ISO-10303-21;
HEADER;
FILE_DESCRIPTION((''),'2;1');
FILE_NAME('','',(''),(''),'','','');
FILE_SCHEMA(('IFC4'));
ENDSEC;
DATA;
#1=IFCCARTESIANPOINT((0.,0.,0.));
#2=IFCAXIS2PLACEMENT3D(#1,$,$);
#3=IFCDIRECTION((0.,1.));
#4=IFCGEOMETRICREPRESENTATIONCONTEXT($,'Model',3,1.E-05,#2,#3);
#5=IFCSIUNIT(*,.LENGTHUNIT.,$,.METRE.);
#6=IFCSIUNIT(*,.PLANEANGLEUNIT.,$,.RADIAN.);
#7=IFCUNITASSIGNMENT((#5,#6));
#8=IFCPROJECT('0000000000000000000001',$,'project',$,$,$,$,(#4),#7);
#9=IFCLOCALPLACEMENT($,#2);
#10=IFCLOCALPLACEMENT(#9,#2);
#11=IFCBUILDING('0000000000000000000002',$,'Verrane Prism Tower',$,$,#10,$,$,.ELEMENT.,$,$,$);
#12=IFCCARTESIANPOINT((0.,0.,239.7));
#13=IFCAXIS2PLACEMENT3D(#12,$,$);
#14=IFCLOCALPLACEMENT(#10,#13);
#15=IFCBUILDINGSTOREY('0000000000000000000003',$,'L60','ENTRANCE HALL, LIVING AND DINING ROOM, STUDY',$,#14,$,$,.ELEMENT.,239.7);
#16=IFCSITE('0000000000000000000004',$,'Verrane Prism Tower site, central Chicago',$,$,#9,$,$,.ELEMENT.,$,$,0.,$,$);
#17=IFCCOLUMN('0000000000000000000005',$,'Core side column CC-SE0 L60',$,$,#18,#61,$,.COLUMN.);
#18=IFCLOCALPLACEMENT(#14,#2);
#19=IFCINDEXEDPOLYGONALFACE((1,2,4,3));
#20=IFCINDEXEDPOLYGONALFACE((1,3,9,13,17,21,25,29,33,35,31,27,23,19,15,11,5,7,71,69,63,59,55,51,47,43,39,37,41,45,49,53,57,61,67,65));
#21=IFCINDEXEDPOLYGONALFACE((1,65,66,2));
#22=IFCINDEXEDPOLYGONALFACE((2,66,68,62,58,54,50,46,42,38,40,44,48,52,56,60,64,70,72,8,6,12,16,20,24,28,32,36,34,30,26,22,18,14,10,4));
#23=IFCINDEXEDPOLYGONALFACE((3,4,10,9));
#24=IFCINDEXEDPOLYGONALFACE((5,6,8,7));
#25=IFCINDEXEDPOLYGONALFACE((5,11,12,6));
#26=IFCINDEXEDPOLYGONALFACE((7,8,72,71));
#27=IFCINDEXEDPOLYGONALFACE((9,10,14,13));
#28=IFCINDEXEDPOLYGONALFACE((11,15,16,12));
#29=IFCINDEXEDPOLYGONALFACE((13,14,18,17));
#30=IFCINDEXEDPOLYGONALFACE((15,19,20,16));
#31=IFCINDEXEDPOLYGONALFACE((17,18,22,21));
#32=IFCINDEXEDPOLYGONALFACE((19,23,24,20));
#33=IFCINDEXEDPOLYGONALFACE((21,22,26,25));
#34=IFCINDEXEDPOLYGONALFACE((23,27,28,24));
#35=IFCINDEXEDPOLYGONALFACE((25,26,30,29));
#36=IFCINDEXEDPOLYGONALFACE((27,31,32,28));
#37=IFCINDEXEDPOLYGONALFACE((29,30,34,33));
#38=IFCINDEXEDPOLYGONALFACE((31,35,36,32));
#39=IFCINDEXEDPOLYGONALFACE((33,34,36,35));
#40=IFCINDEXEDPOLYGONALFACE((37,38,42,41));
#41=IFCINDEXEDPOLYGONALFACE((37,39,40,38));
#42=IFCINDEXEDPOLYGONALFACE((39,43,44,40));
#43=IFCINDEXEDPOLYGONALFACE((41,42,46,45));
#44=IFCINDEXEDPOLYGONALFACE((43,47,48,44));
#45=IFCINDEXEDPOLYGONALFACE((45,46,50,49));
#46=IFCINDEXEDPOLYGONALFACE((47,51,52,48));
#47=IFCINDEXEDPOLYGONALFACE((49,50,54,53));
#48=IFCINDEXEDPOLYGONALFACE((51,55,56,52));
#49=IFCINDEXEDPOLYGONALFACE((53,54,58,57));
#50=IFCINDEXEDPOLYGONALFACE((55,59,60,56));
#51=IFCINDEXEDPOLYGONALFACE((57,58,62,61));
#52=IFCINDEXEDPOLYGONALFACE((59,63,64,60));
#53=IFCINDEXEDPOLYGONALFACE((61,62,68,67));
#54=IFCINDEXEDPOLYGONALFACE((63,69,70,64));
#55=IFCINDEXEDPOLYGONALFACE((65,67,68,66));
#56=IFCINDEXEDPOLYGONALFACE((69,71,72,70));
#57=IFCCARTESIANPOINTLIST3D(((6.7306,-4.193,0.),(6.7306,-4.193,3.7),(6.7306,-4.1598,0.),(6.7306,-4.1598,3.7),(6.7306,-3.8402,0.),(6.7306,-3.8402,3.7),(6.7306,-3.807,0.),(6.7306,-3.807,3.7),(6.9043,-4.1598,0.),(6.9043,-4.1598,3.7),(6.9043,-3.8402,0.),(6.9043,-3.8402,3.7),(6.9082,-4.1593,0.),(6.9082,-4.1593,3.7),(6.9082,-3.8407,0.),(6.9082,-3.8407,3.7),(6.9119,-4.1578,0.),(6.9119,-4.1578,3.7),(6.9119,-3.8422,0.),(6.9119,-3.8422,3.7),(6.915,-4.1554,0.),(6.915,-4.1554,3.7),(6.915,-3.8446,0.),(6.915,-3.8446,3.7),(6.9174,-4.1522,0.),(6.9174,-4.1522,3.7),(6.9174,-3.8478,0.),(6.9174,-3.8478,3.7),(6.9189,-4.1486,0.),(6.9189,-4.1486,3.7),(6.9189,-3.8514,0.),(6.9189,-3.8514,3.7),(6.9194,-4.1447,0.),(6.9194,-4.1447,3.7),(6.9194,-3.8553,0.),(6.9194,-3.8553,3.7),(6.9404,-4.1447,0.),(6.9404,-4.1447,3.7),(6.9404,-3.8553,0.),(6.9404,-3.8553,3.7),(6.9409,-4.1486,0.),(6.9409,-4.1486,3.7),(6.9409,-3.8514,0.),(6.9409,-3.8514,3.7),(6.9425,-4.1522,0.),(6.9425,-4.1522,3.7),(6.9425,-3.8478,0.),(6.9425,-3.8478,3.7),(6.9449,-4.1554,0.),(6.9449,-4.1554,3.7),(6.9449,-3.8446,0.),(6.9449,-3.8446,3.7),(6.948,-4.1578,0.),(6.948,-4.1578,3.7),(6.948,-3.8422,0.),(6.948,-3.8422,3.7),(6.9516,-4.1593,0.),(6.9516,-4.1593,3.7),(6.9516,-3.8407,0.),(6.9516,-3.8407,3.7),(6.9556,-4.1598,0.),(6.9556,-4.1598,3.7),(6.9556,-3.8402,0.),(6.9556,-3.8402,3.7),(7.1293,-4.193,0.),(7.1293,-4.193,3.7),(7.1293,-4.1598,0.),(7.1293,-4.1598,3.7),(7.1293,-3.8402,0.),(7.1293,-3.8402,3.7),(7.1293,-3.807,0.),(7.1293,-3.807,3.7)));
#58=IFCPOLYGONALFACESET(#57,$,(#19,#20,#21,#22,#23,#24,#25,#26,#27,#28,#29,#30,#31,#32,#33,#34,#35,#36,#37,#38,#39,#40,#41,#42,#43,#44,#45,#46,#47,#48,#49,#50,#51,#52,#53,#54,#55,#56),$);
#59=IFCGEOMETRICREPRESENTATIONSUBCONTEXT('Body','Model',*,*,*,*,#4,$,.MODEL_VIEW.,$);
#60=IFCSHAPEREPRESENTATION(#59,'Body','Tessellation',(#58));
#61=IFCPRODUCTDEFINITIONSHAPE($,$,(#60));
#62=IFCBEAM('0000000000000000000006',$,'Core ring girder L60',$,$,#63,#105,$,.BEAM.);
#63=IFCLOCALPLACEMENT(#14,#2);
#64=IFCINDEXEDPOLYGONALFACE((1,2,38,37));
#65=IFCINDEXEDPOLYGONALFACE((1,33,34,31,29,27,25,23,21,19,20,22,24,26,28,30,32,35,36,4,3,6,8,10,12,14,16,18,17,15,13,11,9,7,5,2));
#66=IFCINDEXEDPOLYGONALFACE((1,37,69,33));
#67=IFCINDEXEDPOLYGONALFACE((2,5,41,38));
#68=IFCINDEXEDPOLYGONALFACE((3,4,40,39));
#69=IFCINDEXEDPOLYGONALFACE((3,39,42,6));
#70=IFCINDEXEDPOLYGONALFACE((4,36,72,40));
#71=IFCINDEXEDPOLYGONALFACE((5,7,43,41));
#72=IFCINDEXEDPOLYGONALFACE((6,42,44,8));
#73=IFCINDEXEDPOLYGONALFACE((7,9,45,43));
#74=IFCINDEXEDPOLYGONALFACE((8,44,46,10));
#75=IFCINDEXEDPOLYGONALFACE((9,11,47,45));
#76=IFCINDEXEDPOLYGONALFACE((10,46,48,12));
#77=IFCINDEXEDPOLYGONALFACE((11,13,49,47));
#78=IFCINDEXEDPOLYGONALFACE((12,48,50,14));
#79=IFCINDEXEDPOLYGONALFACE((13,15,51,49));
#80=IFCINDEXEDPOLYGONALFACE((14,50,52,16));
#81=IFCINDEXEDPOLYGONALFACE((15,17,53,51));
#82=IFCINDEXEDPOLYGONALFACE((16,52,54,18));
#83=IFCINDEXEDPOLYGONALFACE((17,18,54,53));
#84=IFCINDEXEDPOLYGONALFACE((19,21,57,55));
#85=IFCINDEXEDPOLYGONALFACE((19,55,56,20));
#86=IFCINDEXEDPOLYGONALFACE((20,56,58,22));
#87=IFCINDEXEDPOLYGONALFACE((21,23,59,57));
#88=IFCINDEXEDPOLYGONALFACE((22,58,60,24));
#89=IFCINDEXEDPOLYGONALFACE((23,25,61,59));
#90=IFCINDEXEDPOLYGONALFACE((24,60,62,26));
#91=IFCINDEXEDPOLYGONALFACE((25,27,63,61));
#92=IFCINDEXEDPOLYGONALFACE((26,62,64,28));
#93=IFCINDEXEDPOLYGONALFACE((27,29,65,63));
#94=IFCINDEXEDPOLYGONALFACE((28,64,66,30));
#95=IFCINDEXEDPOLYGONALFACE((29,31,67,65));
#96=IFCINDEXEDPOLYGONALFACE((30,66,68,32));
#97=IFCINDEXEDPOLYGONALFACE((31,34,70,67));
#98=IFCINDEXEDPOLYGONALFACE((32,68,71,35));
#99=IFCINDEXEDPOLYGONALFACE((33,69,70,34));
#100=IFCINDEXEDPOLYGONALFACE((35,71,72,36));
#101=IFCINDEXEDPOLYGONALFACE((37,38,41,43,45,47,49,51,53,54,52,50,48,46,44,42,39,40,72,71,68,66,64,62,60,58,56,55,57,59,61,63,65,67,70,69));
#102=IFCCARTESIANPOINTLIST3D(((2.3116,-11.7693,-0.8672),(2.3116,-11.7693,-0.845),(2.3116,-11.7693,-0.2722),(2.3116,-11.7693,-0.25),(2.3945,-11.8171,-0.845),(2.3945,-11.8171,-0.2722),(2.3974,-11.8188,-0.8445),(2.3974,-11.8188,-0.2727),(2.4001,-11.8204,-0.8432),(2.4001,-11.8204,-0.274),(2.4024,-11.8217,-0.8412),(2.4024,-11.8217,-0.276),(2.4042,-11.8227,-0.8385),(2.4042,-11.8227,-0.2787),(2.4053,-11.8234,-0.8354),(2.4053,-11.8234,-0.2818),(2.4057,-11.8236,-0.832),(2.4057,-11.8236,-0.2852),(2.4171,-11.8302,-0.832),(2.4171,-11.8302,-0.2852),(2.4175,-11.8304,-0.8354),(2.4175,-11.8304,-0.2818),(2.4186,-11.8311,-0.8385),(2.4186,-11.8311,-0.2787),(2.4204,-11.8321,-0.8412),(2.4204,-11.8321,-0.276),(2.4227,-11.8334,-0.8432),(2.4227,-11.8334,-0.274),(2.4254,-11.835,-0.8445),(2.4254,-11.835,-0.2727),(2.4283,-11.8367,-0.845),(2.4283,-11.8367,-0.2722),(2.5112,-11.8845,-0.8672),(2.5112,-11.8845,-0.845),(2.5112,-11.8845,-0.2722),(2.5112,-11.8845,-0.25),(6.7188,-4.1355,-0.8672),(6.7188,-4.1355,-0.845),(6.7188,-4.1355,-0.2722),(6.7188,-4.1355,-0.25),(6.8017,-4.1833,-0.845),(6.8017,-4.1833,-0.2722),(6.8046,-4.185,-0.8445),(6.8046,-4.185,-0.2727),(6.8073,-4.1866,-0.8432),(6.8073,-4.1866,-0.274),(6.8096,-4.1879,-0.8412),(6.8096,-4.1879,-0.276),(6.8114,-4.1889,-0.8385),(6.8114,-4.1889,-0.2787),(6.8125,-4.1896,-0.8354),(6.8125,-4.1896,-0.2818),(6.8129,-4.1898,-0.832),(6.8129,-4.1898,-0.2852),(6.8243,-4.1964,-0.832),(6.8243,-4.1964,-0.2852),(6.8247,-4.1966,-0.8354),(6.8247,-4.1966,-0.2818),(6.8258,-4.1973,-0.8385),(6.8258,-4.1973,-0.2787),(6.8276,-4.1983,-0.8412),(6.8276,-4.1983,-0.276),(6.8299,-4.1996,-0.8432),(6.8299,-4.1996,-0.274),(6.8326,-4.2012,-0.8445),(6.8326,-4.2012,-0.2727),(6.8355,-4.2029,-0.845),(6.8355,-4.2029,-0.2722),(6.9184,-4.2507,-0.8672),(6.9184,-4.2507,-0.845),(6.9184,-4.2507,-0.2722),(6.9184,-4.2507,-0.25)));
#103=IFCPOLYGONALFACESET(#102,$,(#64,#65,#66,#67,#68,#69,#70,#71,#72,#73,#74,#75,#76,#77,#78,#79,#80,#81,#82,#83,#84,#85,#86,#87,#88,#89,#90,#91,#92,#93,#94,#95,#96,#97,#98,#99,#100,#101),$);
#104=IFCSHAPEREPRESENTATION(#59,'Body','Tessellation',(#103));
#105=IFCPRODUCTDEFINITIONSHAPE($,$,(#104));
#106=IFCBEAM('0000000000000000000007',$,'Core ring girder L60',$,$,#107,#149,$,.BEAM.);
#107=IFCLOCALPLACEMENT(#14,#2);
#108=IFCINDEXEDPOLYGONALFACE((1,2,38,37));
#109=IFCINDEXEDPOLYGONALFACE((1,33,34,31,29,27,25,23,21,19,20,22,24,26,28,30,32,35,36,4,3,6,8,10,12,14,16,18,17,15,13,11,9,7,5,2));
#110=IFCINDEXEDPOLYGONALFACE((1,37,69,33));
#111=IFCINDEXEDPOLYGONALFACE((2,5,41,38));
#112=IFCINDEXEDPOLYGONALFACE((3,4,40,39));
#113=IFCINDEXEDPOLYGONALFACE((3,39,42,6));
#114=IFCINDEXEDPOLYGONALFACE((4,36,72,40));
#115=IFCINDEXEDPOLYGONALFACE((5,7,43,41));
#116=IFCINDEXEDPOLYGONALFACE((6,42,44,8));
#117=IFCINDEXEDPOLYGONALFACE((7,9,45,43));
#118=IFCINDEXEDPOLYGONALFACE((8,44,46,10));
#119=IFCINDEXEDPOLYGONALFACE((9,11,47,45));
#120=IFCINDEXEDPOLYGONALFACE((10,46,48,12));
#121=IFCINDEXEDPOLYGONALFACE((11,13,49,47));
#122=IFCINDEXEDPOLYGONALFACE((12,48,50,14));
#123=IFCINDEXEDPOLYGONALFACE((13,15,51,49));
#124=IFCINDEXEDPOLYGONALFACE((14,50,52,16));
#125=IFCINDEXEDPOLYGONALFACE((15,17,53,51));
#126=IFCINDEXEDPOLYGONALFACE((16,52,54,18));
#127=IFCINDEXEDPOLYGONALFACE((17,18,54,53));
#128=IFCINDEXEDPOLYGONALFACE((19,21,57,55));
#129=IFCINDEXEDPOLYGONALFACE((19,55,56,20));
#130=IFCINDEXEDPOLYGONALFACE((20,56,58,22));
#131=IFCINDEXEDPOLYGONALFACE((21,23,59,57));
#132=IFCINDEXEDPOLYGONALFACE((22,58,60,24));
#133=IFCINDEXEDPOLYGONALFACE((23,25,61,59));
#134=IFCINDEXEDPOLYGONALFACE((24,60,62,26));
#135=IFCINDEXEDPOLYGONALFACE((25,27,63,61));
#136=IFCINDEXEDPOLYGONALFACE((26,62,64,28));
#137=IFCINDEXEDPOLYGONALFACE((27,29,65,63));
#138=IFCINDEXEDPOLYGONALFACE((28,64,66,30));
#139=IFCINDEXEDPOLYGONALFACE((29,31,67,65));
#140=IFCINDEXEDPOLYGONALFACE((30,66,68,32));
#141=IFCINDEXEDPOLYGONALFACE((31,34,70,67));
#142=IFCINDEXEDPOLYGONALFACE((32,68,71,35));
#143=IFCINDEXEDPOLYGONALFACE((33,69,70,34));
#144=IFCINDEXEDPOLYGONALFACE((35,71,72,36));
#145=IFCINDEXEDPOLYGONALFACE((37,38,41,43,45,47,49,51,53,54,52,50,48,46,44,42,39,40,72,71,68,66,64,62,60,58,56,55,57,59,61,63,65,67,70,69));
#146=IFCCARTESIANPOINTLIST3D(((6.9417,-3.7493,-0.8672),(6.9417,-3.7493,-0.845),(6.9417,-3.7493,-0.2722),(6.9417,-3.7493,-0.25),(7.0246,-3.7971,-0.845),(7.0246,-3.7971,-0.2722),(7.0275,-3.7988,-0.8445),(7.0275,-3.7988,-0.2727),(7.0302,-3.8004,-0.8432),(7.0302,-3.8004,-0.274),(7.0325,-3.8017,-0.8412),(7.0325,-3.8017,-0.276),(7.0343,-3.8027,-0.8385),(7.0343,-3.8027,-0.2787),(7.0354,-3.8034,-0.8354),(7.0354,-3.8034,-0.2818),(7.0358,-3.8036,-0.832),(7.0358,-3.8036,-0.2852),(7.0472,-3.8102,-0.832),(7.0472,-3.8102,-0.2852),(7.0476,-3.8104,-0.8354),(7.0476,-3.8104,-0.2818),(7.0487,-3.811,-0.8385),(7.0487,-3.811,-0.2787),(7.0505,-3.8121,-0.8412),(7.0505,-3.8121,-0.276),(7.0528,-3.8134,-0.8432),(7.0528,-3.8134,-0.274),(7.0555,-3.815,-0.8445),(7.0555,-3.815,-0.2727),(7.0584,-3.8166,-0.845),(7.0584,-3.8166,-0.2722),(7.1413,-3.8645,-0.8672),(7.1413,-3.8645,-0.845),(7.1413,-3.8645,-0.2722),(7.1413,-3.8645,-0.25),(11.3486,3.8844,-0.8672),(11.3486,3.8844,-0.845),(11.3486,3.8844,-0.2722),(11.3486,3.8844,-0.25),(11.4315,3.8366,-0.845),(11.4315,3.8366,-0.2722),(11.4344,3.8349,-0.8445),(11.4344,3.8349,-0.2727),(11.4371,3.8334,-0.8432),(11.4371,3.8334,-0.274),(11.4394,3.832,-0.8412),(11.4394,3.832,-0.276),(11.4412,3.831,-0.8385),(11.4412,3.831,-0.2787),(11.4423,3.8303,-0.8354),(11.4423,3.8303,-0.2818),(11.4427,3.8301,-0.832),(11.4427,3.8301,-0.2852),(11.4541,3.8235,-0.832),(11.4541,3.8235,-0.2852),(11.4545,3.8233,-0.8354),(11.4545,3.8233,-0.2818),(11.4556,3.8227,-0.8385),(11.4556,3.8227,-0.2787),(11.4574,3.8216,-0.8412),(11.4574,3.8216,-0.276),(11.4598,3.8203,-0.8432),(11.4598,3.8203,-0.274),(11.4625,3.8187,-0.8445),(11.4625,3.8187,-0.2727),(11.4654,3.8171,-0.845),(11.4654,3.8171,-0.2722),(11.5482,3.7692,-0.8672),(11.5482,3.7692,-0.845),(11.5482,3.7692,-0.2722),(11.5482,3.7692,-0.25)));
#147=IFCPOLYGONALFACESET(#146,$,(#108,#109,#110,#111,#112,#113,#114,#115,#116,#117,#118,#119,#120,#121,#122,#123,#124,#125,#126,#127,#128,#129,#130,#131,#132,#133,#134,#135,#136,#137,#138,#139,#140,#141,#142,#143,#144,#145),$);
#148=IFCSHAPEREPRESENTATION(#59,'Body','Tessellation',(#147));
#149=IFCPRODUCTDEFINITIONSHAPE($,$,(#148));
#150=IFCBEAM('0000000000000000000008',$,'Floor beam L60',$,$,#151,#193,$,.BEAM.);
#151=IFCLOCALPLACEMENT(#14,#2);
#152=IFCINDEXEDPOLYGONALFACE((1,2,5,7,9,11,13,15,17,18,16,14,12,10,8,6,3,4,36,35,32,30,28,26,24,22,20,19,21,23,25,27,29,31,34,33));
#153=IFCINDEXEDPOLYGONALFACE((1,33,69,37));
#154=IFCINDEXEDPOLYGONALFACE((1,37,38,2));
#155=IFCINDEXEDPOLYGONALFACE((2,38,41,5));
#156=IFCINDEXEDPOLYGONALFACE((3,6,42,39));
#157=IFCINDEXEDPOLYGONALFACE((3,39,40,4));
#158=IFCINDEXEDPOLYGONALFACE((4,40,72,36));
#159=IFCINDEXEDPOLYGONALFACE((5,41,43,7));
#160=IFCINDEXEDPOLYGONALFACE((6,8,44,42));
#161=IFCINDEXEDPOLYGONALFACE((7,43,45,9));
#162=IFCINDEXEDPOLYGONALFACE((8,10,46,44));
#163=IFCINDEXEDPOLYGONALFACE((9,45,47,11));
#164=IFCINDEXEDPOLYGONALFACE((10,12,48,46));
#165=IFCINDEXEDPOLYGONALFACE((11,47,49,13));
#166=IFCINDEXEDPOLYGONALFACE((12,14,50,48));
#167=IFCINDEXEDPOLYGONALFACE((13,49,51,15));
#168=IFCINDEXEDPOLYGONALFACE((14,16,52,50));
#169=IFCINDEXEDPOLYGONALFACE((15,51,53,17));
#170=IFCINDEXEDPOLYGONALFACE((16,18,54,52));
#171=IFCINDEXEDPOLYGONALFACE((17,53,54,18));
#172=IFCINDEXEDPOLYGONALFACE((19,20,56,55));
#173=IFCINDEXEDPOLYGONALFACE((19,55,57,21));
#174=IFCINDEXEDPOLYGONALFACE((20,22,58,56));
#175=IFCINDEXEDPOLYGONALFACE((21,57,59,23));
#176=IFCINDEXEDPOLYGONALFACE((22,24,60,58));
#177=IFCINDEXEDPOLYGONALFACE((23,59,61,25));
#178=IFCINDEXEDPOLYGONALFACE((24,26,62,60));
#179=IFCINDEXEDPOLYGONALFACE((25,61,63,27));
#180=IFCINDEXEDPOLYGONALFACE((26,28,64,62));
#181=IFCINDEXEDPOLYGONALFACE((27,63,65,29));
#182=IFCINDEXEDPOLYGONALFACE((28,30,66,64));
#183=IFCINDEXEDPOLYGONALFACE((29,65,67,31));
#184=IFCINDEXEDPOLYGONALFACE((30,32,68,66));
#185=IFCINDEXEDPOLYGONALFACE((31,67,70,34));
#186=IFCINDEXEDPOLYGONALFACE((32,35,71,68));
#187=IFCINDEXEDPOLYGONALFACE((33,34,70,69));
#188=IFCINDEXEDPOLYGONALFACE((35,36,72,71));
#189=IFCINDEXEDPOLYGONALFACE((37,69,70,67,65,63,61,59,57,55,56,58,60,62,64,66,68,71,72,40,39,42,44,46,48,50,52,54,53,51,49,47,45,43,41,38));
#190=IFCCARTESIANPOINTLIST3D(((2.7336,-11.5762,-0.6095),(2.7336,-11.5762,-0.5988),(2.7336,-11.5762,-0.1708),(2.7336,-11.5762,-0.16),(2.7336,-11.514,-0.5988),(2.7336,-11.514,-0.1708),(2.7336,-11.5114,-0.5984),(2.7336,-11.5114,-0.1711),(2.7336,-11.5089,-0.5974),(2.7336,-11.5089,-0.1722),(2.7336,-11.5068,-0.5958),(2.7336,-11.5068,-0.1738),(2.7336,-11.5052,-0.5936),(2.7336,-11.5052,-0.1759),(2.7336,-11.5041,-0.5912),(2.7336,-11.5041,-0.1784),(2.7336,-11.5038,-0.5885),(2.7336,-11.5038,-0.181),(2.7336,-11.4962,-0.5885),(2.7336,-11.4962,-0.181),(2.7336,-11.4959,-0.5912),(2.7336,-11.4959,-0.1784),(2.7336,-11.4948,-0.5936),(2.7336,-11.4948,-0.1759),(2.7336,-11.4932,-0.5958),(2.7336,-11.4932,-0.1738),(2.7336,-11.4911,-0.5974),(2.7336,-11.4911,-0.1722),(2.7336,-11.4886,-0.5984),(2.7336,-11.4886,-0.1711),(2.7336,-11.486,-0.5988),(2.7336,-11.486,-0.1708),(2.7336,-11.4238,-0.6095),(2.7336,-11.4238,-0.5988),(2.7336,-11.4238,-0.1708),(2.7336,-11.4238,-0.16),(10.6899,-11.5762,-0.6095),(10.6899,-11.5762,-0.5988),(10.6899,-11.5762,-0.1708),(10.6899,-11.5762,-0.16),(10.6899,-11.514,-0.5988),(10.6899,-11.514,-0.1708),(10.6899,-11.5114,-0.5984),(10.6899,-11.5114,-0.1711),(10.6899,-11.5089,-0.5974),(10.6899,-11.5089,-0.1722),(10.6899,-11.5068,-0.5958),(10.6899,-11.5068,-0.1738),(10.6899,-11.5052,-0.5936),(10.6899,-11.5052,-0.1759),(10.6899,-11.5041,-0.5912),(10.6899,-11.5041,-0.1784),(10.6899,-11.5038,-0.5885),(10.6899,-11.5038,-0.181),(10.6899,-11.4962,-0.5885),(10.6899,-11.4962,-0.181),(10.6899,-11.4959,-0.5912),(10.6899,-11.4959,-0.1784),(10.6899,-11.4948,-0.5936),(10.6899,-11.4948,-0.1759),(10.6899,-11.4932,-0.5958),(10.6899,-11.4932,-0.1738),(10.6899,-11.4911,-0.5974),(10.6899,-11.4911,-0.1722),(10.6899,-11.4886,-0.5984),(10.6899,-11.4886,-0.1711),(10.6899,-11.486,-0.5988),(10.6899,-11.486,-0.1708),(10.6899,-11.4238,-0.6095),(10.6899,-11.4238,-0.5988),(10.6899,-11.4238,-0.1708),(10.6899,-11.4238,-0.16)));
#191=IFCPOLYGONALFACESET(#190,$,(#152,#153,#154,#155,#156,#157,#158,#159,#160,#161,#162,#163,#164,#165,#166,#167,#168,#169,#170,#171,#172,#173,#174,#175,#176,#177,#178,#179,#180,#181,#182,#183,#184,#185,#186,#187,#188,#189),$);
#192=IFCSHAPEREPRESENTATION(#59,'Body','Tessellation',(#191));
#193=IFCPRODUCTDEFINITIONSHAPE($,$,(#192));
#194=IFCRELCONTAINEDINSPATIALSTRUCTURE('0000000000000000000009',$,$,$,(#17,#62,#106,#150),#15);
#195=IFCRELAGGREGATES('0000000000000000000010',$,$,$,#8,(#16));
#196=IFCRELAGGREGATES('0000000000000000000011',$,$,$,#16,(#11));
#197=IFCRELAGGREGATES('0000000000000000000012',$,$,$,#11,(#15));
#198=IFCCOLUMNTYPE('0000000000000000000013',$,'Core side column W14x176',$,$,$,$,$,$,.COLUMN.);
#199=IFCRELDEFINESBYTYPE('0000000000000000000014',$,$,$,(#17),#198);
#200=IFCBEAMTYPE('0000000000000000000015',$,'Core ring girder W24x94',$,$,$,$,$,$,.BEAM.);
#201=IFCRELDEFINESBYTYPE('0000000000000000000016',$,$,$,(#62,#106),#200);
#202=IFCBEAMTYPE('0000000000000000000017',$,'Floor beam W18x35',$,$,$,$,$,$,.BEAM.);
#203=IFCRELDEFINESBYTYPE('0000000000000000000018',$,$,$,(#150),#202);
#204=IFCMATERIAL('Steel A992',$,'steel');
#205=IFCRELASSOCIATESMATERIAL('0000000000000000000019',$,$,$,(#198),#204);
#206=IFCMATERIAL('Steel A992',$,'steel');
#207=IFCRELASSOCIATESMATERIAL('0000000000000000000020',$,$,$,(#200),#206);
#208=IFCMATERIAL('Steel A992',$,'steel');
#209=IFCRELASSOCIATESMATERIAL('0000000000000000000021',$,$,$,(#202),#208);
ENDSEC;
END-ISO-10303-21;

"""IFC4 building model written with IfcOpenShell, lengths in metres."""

from ifc_helpers import new_model, si_unit, direction, frame, origin, origin_2d, place, context, subcontext, project, spatial, i_section, extrude, material, material_profile, profile_set, type_object, element, save


model = new_model("IFC4")

# Units and contexts
model_context = context("Model", 3, precision=1e-05, world=origin(), true_north=direction((0.0, 1.0)))
body_context = subcontext(model_context, "Body", "Model", "MODEL_VIEW")
ifc_project = project(units=[si_unit("LENGTHUNIT", "METRE"), si_unit("PLANEANGLEUNIT", "RADIAN")], contexts=[model_context])

# Site, building, storey
site_placement = place(None, origin())
site = spatial("IfcSite", under=ifc_project, at=site_placement, Name="Verrane Prism Tower site, central Chicago", CompositionType="ELEMENT", RefElevation=0.0)
building_placement = place(site_placement, origin())
building = spatial("IfcBuilding", under=site, at=building_placement, Name="Verrane Prism Tower", CompositionType="ELEMENT")
storey_placement = place(building_placement, frame((0.0, 0.0, 239.7)))
storey = spatial("IfcBuildingStorey", under=building, at=storey_placement, Name="L60", Description="ENTRANCE HALL, LIVING AND DINING ROOM, STUDY", CompositionType="ELEMENT", Elevation=239.7)

# Column
ifc_material_1 = material(Name="Steel A992", Category="steel")
ifc_material_profile_1 = material_profile(ifc_material_1, i_section(OverallWidth=0.3987, OverallDepth=0.386, WebThickness=0.021, FlangeThickness=0.0332, FilletRadius=0.0151, at=origin_2d()), Name="W14x176")
ifc_profile_set_1 = profile_set([ifc_material_profile_1], Name="Steel A992")
column_type = type_object("IfcColumnType", Name="Core side column W14x176", PredefinedType="COLUMN", material=ifc_profile_set_1)
column_placement = place(storey_placement, frame((6.9299, -4.0, 0.0), z_axis=(0.0, 0.0, 1.0), x_axis=(1.0, 0.0, 0.0)))
element("IfcColumn", 1, at=column_placement, inside=storey, type_object=column_type, Name="Core side column CC-SE0 L60", PredefinedType="COLUMN", context=body_context, shape_type="SweptSolid", body=[
    extrude(i_section(OverallWidth=0.3987, OverallDepth=0.386, WebThickness=0.021, FlangeThickness=0.0332, FilletRadius=0.0151, at=origin_2d()), origin(), (0.0, 0.0, 1.0), 3.7),
])

# Beams
ifc_material_2 = material(Name="Steel A992", Category="steel")
ifc_material_profile_2 = material_profile(ifc_material_2, i_section(OverallWidth=0.2305, OverallDepth=0.6172, WebThickness=0.0132, FlangeThickness=0.0222, FilletRadius=0.0129, at=origin_2d()), Name="W24x94")
ifc_profile_set_2 = profile_set([ifc_material_profile_2], Name="Steel A992")
beam_type_1 = type_object("IfcBeamType", Name="Core ring girder W24x94", PredefinedType="BEAM", material=ifc_profile_set_2)
beam_1_placement = place(storey_placement, frame((2.4114, -11.8269, -0.5586), z_axis=(0.499988, 0.866032, 0.0), x_axis=(-0.866032, 0.499988, 0.0)))
element("IfcBeam", 2, at=beam_1_placement, inside=storey, type_object=beam_type_1, Name="Core ring girder L60", PredefinedType="BEAM", context=body_context, shape_type="SweptSolid", body=[
    extrude(i_section(OverallWidth=0.2305, OverallDepth=0.6172, WebThickness=0.0132, FlangeThickness=0.0222, FilletRadius=0.0129, at=origin_2d()), origin(), (0.0, 0.0, 1.0), 8.8147),
])
beam_2_placement = place(storey_placement, frame((7.0415, -3.8069, -0.5586), z_axis=(0.499967, 0.866044, 0.0), x_axis=(-0.866044, 0.499967, 0.0)))
element("IfcBeam", 3, at=beam_2_placement, inside=storey, type_object=beam_type_1, Name="Core ring girder L60", PredefinedType="BEAM", context=body_context, shape_type="SweptSolid", body=[
    extrude(i_section(OverallWidth=0.2305, OverallDepth=0.6172, WebThickness=0.0132, FlangeThickness=0.0222, FilletRadius=0.0129, at=origin_2d()), origin(), (0.0, 0.0, 1.0), 8.8145),
])
ifc_material_3 = material(Name="Steel A992", Category="steel")
ifc_material_profile_3 = material_profile(ifc_material_3, i_section(OverallWidth=0.1523, OverallDepth=0.4495, WebThickness=0.0076, FlangeThickness=0.0107, FilletRadius=0.0103, at=origin_2d()), Name="W18x35")
ifc_profile_set_3 = profile_set([ifc_material_profile_3], Name="Steel A992")
beam_type_2 = type_object("IfcBeamType", Name="Floor beam W18x35", PredefinedType="BEAM", material=ifc_profile_set_3)
beam_3_placement = place(storey_placement, frame((2.7336, -11.5, -0.3848), z_axis=(1.0, 0.0, 0.0), x_axis=(0.0, 1.0, 0.0)))
element("IfcBeam", 4, at=beam_3_placement, inside=storey, type_object=beam_type_2, Name="Floor beam L60", PredefinedType="BEAM", context=body_context, shape_type="SweptSolid", body=[
    extrude(i_section(OverallWidth=0.1523, OverallDepth=0.4495, WebThickness=0.0076, FlangeThickness=0.0107, FilletRadius=0.0103, at=origin_2d()), origin(), (0.0, 0.0, 1.0), 7.9563),
])

save(model, "model.ifc")
